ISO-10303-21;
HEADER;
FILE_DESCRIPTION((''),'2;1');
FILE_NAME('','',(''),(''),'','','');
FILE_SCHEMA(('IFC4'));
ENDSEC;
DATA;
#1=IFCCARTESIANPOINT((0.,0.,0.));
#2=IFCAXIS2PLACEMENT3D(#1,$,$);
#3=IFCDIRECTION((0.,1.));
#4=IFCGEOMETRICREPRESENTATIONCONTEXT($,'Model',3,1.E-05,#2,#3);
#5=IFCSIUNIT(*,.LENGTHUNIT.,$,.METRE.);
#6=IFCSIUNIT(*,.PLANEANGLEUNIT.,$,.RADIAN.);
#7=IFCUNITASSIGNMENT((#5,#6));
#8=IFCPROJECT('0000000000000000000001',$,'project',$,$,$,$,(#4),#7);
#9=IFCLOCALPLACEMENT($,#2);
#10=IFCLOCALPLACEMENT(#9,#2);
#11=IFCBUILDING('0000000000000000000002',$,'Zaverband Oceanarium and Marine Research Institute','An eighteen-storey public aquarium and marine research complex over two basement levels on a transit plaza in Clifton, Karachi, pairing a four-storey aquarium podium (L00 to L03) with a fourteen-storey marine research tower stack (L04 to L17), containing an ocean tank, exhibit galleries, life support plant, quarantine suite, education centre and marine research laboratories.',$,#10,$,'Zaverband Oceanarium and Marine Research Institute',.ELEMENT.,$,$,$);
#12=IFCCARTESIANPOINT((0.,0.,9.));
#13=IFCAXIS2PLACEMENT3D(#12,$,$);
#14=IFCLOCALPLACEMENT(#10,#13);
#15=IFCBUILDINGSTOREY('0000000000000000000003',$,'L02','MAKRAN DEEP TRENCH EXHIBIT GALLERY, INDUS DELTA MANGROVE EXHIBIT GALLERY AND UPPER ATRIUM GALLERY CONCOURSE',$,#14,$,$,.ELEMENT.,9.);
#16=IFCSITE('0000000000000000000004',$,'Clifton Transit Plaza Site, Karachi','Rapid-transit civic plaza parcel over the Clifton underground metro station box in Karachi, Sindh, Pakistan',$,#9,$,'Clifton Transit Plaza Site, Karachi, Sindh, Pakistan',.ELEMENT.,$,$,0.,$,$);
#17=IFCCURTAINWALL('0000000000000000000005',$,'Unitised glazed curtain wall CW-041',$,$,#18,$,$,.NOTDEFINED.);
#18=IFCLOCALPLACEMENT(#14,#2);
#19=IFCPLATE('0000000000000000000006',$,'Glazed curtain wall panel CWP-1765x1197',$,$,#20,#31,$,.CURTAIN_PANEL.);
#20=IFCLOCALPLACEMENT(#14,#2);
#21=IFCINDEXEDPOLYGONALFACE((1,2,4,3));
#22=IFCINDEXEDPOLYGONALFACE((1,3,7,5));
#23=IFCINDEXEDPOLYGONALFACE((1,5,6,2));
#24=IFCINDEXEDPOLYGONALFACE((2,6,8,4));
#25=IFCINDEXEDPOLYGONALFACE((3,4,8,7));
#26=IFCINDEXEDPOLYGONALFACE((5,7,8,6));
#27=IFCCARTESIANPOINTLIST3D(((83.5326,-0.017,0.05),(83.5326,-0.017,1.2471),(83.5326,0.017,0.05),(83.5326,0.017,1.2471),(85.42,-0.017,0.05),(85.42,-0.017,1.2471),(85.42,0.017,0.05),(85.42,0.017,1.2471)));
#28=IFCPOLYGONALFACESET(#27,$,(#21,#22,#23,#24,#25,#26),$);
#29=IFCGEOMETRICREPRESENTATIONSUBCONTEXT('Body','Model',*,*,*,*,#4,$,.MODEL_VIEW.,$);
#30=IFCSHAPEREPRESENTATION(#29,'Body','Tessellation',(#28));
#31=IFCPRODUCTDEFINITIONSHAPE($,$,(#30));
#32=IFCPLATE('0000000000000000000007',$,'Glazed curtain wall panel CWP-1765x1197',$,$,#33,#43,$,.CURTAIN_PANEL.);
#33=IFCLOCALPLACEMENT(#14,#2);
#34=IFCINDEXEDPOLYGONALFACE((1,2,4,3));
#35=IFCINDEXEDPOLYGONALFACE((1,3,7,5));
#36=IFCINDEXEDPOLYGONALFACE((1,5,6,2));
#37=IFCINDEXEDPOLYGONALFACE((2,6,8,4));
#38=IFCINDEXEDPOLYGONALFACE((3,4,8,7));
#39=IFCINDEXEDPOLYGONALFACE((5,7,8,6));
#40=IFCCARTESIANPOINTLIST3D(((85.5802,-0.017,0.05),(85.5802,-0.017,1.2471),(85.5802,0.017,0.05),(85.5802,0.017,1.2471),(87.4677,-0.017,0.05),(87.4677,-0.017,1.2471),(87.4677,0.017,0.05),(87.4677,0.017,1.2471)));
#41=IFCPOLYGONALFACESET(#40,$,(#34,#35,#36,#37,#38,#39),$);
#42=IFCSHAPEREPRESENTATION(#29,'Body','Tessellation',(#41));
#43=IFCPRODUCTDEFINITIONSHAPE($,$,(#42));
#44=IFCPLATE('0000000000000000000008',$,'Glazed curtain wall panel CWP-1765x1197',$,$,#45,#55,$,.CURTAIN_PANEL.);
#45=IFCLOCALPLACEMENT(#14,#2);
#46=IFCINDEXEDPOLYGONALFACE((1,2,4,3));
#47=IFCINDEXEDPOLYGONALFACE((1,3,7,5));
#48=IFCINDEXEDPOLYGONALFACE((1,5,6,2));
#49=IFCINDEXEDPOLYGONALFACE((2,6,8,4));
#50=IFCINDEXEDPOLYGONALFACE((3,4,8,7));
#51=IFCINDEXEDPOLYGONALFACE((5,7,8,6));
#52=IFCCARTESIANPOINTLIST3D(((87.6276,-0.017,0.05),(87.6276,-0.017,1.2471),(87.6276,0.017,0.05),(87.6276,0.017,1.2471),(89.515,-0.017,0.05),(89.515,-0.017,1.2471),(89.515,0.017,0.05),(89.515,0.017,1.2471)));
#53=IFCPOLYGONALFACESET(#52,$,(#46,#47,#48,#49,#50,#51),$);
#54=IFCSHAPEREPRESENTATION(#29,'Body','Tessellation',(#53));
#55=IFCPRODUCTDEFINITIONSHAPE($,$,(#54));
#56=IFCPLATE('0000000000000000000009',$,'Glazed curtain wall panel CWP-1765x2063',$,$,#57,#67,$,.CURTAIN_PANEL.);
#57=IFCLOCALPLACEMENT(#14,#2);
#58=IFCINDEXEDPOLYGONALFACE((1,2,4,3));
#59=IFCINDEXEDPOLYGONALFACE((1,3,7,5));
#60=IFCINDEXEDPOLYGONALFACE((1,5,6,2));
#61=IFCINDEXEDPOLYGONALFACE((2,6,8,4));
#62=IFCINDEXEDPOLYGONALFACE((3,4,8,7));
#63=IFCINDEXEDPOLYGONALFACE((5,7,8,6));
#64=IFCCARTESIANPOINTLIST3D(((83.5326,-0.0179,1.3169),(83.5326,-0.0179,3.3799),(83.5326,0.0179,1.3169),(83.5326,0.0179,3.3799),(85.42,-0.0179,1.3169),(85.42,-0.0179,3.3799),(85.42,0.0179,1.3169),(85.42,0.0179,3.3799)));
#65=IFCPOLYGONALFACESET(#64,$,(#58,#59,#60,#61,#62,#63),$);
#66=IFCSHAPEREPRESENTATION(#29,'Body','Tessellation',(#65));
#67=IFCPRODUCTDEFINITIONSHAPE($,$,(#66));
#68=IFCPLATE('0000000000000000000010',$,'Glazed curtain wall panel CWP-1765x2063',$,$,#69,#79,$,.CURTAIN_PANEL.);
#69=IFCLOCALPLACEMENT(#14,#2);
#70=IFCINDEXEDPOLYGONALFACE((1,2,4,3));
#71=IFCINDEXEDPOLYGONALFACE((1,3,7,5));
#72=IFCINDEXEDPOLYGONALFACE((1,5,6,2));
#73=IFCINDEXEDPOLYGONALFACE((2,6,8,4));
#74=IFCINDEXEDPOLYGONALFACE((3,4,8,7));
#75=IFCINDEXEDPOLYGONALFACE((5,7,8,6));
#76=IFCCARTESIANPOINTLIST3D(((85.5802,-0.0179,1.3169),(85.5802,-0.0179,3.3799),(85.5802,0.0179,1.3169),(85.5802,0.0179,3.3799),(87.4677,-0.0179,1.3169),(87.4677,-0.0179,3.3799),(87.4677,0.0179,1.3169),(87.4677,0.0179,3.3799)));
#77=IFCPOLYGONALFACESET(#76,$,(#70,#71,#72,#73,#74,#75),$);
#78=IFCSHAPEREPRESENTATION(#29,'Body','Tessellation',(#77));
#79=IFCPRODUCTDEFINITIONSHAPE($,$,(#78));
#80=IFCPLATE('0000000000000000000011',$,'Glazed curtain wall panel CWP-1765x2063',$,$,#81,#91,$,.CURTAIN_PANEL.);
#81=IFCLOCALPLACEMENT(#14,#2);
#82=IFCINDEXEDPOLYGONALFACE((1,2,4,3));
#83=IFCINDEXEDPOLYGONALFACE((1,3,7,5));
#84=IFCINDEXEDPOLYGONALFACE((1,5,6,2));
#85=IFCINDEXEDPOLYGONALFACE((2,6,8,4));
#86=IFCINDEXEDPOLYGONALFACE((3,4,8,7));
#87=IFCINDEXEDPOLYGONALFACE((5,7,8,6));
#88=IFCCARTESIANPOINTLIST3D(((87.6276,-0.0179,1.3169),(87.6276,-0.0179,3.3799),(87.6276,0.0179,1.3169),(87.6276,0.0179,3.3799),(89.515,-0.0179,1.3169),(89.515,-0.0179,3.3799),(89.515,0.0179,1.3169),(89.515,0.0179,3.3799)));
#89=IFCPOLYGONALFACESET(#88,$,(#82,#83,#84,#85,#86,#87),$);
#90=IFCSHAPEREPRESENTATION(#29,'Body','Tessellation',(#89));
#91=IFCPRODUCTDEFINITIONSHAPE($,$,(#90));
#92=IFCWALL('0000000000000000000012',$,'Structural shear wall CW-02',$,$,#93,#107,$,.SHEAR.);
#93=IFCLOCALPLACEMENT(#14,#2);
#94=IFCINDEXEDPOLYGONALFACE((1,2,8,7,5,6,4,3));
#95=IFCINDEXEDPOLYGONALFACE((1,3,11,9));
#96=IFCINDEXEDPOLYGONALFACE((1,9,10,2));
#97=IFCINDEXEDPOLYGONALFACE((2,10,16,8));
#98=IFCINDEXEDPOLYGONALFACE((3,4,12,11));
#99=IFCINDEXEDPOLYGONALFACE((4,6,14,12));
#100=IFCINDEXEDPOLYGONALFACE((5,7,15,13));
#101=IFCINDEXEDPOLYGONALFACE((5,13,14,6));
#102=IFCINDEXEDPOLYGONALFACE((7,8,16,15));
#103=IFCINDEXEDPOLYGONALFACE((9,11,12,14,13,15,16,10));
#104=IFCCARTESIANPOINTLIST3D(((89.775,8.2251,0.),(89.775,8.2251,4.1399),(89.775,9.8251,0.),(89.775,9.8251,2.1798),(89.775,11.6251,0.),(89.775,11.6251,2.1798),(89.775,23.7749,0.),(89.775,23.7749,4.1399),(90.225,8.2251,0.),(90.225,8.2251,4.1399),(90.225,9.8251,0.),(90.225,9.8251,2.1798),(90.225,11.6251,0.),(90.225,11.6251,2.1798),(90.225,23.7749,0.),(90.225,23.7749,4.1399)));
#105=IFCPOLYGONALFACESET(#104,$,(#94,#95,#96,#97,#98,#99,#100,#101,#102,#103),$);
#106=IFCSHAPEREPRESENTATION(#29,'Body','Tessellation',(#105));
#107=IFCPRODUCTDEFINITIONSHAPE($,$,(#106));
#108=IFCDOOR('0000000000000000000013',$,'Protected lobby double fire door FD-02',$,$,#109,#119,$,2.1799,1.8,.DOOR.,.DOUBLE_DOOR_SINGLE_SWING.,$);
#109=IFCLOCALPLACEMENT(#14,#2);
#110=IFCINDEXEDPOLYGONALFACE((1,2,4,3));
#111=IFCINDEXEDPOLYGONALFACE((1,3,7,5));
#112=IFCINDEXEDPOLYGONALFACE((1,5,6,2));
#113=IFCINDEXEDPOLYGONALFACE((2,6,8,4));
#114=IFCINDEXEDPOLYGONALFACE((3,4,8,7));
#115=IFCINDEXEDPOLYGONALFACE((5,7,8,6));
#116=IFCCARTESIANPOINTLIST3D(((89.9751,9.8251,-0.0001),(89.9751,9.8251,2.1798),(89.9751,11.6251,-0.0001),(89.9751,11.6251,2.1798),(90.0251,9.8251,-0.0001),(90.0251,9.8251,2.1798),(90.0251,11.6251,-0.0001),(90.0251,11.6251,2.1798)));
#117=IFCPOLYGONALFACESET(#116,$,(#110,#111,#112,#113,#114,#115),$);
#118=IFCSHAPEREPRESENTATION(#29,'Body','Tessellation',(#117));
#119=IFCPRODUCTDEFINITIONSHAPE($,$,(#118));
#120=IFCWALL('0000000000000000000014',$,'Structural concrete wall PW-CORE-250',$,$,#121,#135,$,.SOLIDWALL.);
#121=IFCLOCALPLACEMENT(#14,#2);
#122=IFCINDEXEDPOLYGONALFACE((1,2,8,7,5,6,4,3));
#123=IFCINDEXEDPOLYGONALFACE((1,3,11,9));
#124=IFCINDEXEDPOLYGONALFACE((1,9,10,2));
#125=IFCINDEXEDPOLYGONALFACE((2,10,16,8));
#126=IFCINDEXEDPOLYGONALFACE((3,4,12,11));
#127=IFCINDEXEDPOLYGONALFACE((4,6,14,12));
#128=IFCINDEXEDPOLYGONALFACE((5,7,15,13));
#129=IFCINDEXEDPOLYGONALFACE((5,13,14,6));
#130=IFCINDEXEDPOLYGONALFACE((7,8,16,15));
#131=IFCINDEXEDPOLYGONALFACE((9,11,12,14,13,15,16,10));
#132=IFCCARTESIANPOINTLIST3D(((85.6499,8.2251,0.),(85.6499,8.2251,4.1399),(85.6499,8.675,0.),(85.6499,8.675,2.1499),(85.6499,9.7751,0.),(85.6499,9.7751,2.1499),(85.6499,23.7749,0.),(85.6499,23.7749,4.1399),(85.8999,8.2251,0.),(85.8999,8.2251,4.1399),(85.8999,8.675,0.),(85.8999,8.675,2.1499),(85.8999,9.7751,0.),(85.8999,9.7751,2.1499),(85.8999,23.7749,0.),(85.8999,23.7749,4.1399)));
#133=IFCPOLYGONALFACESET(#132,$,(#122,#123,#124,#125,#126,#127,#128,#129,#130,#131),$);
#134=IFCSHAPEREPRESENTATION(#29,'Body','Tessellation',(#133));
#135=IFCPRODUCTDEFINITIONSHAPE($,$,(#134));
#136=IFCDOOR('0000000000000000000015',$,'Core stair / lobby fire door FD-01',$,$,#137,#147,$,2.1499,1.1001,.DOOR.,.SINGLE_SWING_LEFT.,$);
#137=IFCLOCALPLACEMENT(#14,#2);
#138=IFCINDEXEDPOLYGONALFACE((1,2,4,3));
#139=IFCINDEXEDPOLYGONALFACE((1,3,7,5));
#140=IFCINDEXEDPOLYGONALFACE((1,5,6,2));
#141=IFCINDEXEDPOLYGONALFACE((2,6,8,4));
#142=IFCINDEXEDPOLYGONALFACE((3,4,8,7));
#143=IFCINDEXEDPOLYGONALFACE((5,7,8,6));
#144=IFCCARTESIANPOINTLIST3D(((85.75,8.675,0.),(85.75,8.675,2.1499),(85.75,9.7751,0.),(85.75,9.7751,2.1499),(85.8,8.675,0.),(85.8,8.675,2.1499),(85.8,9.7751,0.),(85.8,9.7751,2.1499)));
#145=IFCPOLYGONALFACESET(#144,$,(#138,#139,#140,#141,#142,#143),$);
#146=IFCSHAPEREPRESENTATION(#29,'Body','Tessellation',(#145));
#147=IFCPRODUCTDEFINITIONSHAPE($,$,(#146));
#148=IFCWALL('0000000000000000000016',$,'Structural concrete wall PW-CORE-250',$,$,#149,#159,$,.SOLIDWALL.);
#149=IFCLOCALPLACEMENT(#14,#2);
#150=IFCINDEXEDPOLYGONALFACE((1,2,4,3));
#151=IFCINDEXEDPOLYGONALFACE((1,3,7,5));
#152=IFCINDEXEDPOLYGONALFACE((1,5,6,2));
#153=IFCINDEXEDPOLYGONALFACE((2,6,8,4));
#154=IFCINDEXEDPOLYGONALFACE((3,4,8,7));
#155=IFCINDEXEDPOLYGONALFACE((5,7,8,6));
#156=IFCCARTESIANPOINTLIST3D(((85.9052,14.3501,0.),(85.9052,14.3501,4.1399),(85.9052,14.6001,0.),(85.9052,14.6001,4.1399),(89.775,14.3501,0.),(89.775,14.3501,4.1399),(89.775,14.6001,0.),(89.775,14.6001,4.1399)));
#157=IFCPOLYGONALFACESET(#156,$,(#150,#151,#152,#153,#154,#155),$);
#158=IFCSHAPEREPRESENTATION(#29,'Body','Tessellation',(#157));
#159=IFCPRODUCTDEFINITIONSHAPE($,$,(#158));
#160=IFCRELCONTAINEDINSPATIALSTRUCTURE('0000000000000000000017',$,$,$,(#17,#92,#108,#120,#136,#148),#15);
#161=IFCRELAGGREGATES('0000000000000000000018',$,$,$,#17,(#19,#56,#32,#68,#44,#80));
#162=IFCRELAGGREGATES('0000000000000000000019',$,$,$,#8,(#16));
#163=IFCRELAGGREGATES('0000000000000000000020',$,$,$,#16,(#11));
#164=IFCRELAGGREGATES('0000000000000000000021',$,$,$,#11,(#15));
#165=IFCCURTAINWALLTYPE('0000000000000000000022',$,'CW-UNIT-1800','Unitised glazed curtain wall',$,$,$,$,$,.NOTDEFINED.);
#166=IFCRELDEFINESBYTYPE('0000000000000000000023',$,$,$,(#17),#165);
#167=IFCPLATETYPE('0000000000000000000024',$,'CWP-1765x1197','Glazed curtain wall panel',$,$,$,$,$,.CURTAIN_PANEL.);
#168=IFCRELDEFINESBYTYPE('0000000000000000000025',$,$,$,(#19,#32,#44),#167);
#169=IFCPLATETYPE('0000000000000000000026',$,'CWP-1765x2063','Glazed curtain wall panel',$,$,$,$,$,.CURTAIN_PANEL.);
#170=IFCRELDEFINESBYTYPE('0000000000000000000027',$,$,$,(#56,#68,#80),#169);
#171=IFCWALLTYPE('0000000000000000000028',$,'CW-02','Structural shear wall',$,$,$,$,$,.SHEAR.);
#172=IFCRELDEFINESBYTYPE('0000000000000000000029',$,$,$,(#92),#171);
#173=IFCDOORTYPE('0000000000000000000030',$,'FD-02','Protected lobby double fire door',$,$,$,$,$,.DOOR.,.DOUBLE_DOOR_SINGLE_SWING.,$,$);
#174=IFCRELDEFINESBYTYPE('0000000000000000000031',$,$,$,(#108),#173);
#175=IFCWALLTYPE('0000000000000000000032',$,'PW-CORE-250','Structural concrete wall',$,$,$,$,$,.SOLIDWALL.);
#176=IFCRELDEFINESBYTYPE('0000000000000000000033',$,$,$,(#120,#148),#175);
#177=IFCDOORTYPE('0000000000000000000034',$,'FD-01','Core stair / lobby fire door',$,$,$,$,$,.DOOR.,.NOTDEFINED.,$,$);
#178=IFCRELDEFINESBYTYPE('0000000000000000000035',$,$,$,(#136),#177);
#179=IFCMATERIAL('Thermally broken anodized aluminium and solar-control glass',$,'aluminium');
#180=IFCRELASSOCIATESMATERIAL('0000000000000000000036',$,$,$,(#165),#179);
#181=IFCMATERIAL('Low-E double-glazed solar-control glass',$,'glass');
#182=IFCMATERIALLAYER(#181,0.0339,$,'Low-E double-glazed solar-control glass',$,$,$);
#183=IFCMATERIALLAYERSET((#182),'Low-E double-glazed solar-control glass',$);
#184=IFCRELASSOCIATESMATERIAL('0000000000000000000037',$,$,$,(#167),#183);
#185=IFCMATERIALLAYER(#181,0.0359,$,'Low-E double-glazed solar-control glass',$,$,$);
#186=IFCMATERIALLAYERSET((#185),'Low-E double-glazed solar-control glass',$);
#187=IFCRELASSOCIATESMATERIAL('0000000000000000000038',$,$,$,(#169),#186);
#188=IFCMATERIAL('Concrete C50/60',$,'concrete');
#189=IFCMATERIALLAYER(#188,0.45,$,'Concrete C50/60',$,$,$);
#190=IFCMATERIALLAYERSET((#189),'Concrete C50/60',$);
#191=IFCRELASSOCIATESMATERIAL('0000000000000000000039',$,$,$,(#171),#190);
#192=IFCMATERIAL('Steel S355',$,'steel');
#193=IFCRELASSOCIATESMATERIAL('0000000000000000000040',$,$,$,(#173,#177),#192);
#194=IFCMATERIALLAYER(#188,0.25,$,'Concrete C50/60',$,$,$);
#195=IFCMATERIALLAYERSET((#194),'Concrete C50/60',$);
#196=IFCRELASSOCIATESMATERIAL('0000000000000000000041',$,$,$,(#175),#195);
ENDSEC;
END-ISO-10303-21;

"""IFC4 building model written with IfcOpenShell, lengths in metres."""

from ifc_helpers import new_model, si_unit, direction, frame, frame_2d, origin, place, context, subcontext, project, spatial, rectangle, extrude, material, layer, layer_set, type_object, element, fill, aggregate, save


model = new_model("IFC4")

# Units and contexts
model_context = context("Model", 3, precision=1e-05, world=origin(), true_north=direction((0.0, 1.0)))
body_context = subcontext(model_context, "Body", "Model", "MODEL_VIEW")
ifc_project = project(units=[si_unit("LENGTHUNIT", "METRE"), si_unit("PLANEANGLEUNIT", "RADIAN")], contexts=[model_context])

# Site, building, storey
site_placement = place(None, origin())
site = spatial("IfcSite", under=ifc_project, at=site_placement, Name="Clifton Transit Plaza Site, Karachi", Description="Rapid-transit civic plaza parcel over the Clifton underground metro station box in Karachi, Sindh, Pakistan", LongName="Clifton Transit Plaza Site, Karachi, Sindh, Pakistan", CompositionType="ELEMENT", RefElevation=0.0)
building_placement = place(site_placement, origin())
building = spatial("IfcBuilding", under=site, at=building_placement, Name="Zaverband Oceanarium and Marine Research Institute", Description="An eighteen-storey public aquarium and marine research complex over two basement levels on a transit plaza in Clifton, Karachi, pairing a four-storey aquarium podium (L00 to L03) with a fourteen-storey marine research tower stack (L04 to L17), containing an ocean tank, exhibit galleries, life support plant, quarantine suite, education centre and marine research laboratories.", LongName="Zaverband Oceanarium and Marine Research Institute", CompositionType="ELEMENT")
storey_placement = place(building_placement, frame((0.0, 0.0, 9.0)))
storey = spatial("IfcBuildingStorey", under=building, at=storey_placement, Name="L02", Description="MAKRAN DEEP TRENCH EXHIBIT GALLERY, INDUS DELTA MANGROVE EXHIBIT GALLERY AND UPPER ATRIUM GALLERY CONCOURSE", CompositionType="ELEMENT", Elevation=9.0)

# Shared definitions
ifc_material_1 = material(Name="Concrete C50/60", Category="concrete")

# Curtain wall
ifc_material_2 = material(Name="Thermally broken anodized aluminium and solar-control glass", Category="aluminium")
curtain_wall_type = type_object("IfcCurtainWallType", Name="CW-UNIT-1800", Description="Unitised glazed curtain wall", PredefinedType="NOTDEFINED", material=ifc_material_2)
curtain_wall_placement = place(storey_placement, origin())
curtain_wall = element("IfcCurtainWall", 1, at=curtain_wall_placement, inside=storey, type_object=curtain_wall_type, Name="Unitised glazed curtain wall CW-041", PredefinedType="NOTDEFINED")

# Plates
ifc_material_3 = material(Name="Low-E double-glazed solar-control glass", Category="glass")
ifc_layer_1 = layer(ifc_material_3, 0.0339, Name="Low-E double-glazed solar-control glass")
ifc_layer_set_1 = layer_set([ifc_layer_1], Name="Low-E double-glazed solar-control glass")
plate_type_1 = type_object("IfcPlateType", Name="CWP-1765x1197", Description="Glazed curtain wall panel", PredefinedType="CURTAIN_PANEL", material=ifc_layer_set_1)
plate_1_placement = place(storey_placement, frame((83.5325, 0.0, 0.05), z_axis=(0.0, 0.0, 1.0), x_axis=(1.0, 0.0, 0.0)))
plate_1 = element("IfcPlate", 2, at=plate_1_placement, type_object=plate_type_1, Name="Glazed curtain wall panel CWP-1765x1197", PredefinedType="CURTAIN_PANEL", context=body_context, shape_type="SweptSolid", body=[
    extrude(rectangle(XDim=1.8875, YDim=0.0339, at=frame_2d((0.9438, 0.0))), origin(), (0.0, 0.0, 1.0), 1.197),
])
plate_2_placement = place(storey_placement, frame((85.5801, 0.0, 0.05), z_axis=(0.0, 0.0, 1.0), x_axis=(1.0, 0.0, 0.0)))
plate_2 = element("IfcPlate", 3, at=plate_2_placement, type_object=plate_type_1, Name="Glazed curtain wall panel CWP-1765x1197", PredefinedType="CURTAIN_PANEL", context=body_context, shape_type="SweptSolid", body=[
    extrude(rectangle(XDim=1.8875, YDim=0.0339, at=frame_2d((0.9438, 0.0))), origin(), (0.0, 0.0, 1.0), 1.197),
])
plate_3_placement = place(storey_placement, frame((87.6274, 0.0, 0.05), z_axis=(0.0, 0.0, 1.0), x_axis=(1.0, 0.0, 0.0)))
plate_3 = element("IfcPlate", 4, at=plate_3_placement, type_object=plate_type_1, Name="Glazed curtain wall panel CWP-1765x1197", PredefinedType="CURTAIN_PANEL", context=body_context, shape_type="SweptSolid", body=[
    extrude(rectangle(XDim=1.8875, YDim=0.0339, at=frame_2d((0.9438, 0.0))), origin(), (0.0, 0.0, 1.0), 1.197),
])
ifc_layer_2 = layer(ifc_material_3, 0.0359, Name="Low-E double-glazed solar-control glass")
ifc_layer_set_2 = layer_set([ifc_layer_2], Name="Low-E double-glazed solar-control glass")
plate_type_2 = type_object("IfcPlateType", Name="CWP-1765x2063", Description="Glazed curtain wall panel", PredefinedType="CURTAIN_PANEL", material=ifc_layer_set_2)
plate_4_placement = place(storey_placement, frame((83.5325, 0.0, 1.3169), z_axis=(0.0, 0.0, 1.0), x_axis=(1.0, 0.0, 0.0)))
plate_4 = element("IfcPlate", 5, at=plate_4_placement, type_object=plate_type_2, Name="Glazed curtain wall panel CWP-1765x2063", PredefinedType="CURTAIN_PANEL", context=body_context, shape_type="SweptSolid", body=[
    extrude(rectangle(XDim=1.8875, YDim=0.0359, at=frame_2d((0.9438, 0.0))), origin(), (0.0, 0.0, 1.0), 2.063),
])
plate_5_placement = place(storey_placement, frame((85.5801, 0.0, 1.3169), z_axis=(0.0, 0.0, 1.0), x_axis=(1.0, 0.0, 0.0)))
plate_5 = element("IfcPlate", 6, at=plate_5_placement, type_object=plate_type_2, Name="Glazed curtain wall panel CWP-1765x2063", PredefinedType="CURTAIN_PANEL", context=body_context, shape_type="SweptSolid", body=[
    extrude(rectangle(XDim=1.8875, YDim=0.0359, at=frame_2d((0.9438, 0.0))), origin(), (0.0, 0.0, 1.0), 2.063),
])
plate_6_placement = place(storey_placement, frame((87.6274, 0.0, 1.3169), z_axis=(0.0, 0.0, 1.0), x_axis=(1.0, 0.0, 0.0)))
plate_6 = element("IfcPlate", 7, at=plate_6_placement, type_object=plate_type_2, Name="Glazed curtain wall panel CWP-1765x2063", PredefinedType="CURTAIN_PANEL", context=body_context, shape_type="SweptSolid", body=[
    extrude(rectangle(XDim=1.8875, YDim=0.0359, at=frame_2d((0.9438, 0.0))), origin(), (0.0, 0.0, 1.0), 2.063),
])
aggregate(curtain_wall, [plate_1, plate_4, plate_2, plate_5, plate_3, plate_6])

# Walls, openings, doors
ifc_layer_3 = layer(ifc_material_1, 0.45, Name="Concrete C50/60")
ifc_layer_set_3 = layer_set([ifc_layer_3], Name="Concrete C50/60")
wall_type_1 = type_object("IfcWallType", Name="CW-02", Description="Structural shear wall", PredefinedType="SHEAR", material=ifc_layer_set_3)
wall_1_placement = place(storey_placement, frame((90.0, 8.2251, 0.0), z_axis=(0.0, 0.0, 1.0), x_axis=(0.0, 1.0, 0.0)))
wall_1 = element("IfcWall", 8, at=wall_1_placement, inside=storey, type_object=wall_type_1, Name="Structural shear wall CW-02", PredefinedType="SHEAR", context=body_context, shape_type="SweptSolid", body=[
    extrude(rectangle(XDim=15.5498, YDim=0.45, at=frame_2d((7.7749, 0.0))), origin(), (0.0, 0.0, 1.0), 4.1399),
])
opening_1_placement = place(wall_1_placement, frame((1.6001, 0.0, 0.0)))
opening_1 = element("IfcOpeningElement", 9, at=opening_1_placement, cuts=wall_1, PredefinedType="OPENING", context=body_context, shape_type="SweptSolid", body=[
    extrude(rectangle(XDim=1.8, YDim=2.1799, at=frame_2d((0.8999, 1.0898))), frame((0.0, 0.2368, 0.0), z_axis=(0.0, -1.0, 0.0), x_axis=(1.0, 0.0, 0.0)), (0.0, 0.0, 1.0), 0.4739),
])
ifc_material_4 = material(Name="Steel S355", Category="steel")
door_type_1 = type_object("IfcDoorType", Name="FD-02", Description="Protected lobby double fire door", OperationType="DOUBLE_DOOR_SINGLE_SWING", PredefinedType="DOOR", material=ifc_material_4)
door_1_placement = place(opening_1_placement, origin())
door_1 = element("IfcDoor", 10, at=door_1_placement, inside=storey, type_object=door_type_1, Name="Protected lobby double fire door FD-02", OperationType="DOUBLE_DOOR_SINGLE_SWING", OverallHeight=2.1799, OverallWidth=1.8, PredefinedType="DOOR", context=body_context, shape_type="SweptSolid", body=[
    extrude(rectangle(XDim=1.8, YDim=2.1799, at=frame_2d((0.8999, 1.0898))), frame((0.0, 0.0249, 0.0), z_axis=(0.0, -1.0, 0.0), x_axis=(1.0, 0.0, 0.0)), (0.0, 0.0, 1.0), 0.05),
])
fill(opening_1, door_1)
ifc_layer_4 = layer(ifc_material_1, 0.25, Name="Concrete C50/60")
ifc_layer_set_4 = layer_set([ifc_layer_4], Name="Concrete C50/60")
wall_type_2 = type_object("IfcWallType", Name="PW-CORE-250", Description="Structural concrete wall", PredefinedType="SOLIDWALL", material=ifc_layer_set_4)
wall_2_placement = place(storey_placement, frame((85.7749, 8.2251, 0.0), z_axis=(0.0, 0.0, 1.0), x_axis=(0.0, 1.0, 0.0)))
wall_2 = element("IfcWall", 11, at=wall_2_placement, inside=storey, type_object=wall_type_2, Name="Structural concrete wall PW-CORE-250", PredefinedType="SOLIDWALL", context=body_context, shape_type="SweptSolid", body=[
    extrude(rectangle(XDim=15.5498, YDim=0.25, at=frame_2d((7.7749, 0.0))), origin(), (0.0, 0.0, 1.0), 4.1399),
])
opening_2_placement = place(wall_2_placement, frame((0.45, 0.0, 0.0)))
opening_2 = element("IfcOpeningElement", 12, at=opening_2_placement, cuts=wall_2, PredefinedType="OPENING", context=body_context, shape_type="SweptSolid", body=[
    extrude(rectangle(XDim=1.1001, YDim=2.1499, at=frame_2d((0.55, 1.075))), frame((0.0, 0.137, 0.0), z_axis=(0.0, -1.0, 0.0), x_axis=(1.0, 0.0, 0.0)), (0.0, 0.0, 1.0), 0.2739),
])
door_type_2 = type_object("IfcDoorType", Name="FD-01", Description="Core stair / lobby fire door", OperationType="NOTDEFINED", PredefinedType="DOOR", material=ifc_material_4)
door_2_placement = place(opening_2_placement, origin())
door_2 = element("IfcDoor", 13, at=door_2_placement, inside=storey, type_object=door_type_2, Name="Core stair / lobby fire door FD-01", OperationType="SINGLE_SWING_LEFT", OverallHeight=2.1499, OverallWidth=1.1001, PredefinedType="DOOR", context=body_context, shape_type="SweptSolid", body=[
    extrude(rectangle(XDim=1.1001, YDim=2.1499, at=frame_2d((0.55, 1.075))), frame((0.0, 0.0249, 0.0), z_axis=(0.0, -1.0, 0.0), x_axis=(1.0, 0.0, 0.0)), (0.0, 0.0, 1.0), 0.05),
])
fill(opening_2, door_2)

# Wall
wall_3_placement = place(storey_placement, frame((85.905, 14.4751, 0.0), z_axis=(0.0, 0.0, 1.0), x_axis=(1.0, 0.0, 0.0)))
element("IfcWall", 14, at=wall_3_placement, inside=storey, type_object=wall_type_2, Name="Structural concrete wall PW-CORE-250", PredefinedType="SOLIDWALL", context=body_context, shape_type="SweptSolid", body=[
    extrude(rectangle(XDim=3.8699, YDim=0.25, at=frame_2d((1.9351, 0.0))), origin(), (0.0, 0.0, 1.0), 4.1399),
])

save(model, "model.ifc")
